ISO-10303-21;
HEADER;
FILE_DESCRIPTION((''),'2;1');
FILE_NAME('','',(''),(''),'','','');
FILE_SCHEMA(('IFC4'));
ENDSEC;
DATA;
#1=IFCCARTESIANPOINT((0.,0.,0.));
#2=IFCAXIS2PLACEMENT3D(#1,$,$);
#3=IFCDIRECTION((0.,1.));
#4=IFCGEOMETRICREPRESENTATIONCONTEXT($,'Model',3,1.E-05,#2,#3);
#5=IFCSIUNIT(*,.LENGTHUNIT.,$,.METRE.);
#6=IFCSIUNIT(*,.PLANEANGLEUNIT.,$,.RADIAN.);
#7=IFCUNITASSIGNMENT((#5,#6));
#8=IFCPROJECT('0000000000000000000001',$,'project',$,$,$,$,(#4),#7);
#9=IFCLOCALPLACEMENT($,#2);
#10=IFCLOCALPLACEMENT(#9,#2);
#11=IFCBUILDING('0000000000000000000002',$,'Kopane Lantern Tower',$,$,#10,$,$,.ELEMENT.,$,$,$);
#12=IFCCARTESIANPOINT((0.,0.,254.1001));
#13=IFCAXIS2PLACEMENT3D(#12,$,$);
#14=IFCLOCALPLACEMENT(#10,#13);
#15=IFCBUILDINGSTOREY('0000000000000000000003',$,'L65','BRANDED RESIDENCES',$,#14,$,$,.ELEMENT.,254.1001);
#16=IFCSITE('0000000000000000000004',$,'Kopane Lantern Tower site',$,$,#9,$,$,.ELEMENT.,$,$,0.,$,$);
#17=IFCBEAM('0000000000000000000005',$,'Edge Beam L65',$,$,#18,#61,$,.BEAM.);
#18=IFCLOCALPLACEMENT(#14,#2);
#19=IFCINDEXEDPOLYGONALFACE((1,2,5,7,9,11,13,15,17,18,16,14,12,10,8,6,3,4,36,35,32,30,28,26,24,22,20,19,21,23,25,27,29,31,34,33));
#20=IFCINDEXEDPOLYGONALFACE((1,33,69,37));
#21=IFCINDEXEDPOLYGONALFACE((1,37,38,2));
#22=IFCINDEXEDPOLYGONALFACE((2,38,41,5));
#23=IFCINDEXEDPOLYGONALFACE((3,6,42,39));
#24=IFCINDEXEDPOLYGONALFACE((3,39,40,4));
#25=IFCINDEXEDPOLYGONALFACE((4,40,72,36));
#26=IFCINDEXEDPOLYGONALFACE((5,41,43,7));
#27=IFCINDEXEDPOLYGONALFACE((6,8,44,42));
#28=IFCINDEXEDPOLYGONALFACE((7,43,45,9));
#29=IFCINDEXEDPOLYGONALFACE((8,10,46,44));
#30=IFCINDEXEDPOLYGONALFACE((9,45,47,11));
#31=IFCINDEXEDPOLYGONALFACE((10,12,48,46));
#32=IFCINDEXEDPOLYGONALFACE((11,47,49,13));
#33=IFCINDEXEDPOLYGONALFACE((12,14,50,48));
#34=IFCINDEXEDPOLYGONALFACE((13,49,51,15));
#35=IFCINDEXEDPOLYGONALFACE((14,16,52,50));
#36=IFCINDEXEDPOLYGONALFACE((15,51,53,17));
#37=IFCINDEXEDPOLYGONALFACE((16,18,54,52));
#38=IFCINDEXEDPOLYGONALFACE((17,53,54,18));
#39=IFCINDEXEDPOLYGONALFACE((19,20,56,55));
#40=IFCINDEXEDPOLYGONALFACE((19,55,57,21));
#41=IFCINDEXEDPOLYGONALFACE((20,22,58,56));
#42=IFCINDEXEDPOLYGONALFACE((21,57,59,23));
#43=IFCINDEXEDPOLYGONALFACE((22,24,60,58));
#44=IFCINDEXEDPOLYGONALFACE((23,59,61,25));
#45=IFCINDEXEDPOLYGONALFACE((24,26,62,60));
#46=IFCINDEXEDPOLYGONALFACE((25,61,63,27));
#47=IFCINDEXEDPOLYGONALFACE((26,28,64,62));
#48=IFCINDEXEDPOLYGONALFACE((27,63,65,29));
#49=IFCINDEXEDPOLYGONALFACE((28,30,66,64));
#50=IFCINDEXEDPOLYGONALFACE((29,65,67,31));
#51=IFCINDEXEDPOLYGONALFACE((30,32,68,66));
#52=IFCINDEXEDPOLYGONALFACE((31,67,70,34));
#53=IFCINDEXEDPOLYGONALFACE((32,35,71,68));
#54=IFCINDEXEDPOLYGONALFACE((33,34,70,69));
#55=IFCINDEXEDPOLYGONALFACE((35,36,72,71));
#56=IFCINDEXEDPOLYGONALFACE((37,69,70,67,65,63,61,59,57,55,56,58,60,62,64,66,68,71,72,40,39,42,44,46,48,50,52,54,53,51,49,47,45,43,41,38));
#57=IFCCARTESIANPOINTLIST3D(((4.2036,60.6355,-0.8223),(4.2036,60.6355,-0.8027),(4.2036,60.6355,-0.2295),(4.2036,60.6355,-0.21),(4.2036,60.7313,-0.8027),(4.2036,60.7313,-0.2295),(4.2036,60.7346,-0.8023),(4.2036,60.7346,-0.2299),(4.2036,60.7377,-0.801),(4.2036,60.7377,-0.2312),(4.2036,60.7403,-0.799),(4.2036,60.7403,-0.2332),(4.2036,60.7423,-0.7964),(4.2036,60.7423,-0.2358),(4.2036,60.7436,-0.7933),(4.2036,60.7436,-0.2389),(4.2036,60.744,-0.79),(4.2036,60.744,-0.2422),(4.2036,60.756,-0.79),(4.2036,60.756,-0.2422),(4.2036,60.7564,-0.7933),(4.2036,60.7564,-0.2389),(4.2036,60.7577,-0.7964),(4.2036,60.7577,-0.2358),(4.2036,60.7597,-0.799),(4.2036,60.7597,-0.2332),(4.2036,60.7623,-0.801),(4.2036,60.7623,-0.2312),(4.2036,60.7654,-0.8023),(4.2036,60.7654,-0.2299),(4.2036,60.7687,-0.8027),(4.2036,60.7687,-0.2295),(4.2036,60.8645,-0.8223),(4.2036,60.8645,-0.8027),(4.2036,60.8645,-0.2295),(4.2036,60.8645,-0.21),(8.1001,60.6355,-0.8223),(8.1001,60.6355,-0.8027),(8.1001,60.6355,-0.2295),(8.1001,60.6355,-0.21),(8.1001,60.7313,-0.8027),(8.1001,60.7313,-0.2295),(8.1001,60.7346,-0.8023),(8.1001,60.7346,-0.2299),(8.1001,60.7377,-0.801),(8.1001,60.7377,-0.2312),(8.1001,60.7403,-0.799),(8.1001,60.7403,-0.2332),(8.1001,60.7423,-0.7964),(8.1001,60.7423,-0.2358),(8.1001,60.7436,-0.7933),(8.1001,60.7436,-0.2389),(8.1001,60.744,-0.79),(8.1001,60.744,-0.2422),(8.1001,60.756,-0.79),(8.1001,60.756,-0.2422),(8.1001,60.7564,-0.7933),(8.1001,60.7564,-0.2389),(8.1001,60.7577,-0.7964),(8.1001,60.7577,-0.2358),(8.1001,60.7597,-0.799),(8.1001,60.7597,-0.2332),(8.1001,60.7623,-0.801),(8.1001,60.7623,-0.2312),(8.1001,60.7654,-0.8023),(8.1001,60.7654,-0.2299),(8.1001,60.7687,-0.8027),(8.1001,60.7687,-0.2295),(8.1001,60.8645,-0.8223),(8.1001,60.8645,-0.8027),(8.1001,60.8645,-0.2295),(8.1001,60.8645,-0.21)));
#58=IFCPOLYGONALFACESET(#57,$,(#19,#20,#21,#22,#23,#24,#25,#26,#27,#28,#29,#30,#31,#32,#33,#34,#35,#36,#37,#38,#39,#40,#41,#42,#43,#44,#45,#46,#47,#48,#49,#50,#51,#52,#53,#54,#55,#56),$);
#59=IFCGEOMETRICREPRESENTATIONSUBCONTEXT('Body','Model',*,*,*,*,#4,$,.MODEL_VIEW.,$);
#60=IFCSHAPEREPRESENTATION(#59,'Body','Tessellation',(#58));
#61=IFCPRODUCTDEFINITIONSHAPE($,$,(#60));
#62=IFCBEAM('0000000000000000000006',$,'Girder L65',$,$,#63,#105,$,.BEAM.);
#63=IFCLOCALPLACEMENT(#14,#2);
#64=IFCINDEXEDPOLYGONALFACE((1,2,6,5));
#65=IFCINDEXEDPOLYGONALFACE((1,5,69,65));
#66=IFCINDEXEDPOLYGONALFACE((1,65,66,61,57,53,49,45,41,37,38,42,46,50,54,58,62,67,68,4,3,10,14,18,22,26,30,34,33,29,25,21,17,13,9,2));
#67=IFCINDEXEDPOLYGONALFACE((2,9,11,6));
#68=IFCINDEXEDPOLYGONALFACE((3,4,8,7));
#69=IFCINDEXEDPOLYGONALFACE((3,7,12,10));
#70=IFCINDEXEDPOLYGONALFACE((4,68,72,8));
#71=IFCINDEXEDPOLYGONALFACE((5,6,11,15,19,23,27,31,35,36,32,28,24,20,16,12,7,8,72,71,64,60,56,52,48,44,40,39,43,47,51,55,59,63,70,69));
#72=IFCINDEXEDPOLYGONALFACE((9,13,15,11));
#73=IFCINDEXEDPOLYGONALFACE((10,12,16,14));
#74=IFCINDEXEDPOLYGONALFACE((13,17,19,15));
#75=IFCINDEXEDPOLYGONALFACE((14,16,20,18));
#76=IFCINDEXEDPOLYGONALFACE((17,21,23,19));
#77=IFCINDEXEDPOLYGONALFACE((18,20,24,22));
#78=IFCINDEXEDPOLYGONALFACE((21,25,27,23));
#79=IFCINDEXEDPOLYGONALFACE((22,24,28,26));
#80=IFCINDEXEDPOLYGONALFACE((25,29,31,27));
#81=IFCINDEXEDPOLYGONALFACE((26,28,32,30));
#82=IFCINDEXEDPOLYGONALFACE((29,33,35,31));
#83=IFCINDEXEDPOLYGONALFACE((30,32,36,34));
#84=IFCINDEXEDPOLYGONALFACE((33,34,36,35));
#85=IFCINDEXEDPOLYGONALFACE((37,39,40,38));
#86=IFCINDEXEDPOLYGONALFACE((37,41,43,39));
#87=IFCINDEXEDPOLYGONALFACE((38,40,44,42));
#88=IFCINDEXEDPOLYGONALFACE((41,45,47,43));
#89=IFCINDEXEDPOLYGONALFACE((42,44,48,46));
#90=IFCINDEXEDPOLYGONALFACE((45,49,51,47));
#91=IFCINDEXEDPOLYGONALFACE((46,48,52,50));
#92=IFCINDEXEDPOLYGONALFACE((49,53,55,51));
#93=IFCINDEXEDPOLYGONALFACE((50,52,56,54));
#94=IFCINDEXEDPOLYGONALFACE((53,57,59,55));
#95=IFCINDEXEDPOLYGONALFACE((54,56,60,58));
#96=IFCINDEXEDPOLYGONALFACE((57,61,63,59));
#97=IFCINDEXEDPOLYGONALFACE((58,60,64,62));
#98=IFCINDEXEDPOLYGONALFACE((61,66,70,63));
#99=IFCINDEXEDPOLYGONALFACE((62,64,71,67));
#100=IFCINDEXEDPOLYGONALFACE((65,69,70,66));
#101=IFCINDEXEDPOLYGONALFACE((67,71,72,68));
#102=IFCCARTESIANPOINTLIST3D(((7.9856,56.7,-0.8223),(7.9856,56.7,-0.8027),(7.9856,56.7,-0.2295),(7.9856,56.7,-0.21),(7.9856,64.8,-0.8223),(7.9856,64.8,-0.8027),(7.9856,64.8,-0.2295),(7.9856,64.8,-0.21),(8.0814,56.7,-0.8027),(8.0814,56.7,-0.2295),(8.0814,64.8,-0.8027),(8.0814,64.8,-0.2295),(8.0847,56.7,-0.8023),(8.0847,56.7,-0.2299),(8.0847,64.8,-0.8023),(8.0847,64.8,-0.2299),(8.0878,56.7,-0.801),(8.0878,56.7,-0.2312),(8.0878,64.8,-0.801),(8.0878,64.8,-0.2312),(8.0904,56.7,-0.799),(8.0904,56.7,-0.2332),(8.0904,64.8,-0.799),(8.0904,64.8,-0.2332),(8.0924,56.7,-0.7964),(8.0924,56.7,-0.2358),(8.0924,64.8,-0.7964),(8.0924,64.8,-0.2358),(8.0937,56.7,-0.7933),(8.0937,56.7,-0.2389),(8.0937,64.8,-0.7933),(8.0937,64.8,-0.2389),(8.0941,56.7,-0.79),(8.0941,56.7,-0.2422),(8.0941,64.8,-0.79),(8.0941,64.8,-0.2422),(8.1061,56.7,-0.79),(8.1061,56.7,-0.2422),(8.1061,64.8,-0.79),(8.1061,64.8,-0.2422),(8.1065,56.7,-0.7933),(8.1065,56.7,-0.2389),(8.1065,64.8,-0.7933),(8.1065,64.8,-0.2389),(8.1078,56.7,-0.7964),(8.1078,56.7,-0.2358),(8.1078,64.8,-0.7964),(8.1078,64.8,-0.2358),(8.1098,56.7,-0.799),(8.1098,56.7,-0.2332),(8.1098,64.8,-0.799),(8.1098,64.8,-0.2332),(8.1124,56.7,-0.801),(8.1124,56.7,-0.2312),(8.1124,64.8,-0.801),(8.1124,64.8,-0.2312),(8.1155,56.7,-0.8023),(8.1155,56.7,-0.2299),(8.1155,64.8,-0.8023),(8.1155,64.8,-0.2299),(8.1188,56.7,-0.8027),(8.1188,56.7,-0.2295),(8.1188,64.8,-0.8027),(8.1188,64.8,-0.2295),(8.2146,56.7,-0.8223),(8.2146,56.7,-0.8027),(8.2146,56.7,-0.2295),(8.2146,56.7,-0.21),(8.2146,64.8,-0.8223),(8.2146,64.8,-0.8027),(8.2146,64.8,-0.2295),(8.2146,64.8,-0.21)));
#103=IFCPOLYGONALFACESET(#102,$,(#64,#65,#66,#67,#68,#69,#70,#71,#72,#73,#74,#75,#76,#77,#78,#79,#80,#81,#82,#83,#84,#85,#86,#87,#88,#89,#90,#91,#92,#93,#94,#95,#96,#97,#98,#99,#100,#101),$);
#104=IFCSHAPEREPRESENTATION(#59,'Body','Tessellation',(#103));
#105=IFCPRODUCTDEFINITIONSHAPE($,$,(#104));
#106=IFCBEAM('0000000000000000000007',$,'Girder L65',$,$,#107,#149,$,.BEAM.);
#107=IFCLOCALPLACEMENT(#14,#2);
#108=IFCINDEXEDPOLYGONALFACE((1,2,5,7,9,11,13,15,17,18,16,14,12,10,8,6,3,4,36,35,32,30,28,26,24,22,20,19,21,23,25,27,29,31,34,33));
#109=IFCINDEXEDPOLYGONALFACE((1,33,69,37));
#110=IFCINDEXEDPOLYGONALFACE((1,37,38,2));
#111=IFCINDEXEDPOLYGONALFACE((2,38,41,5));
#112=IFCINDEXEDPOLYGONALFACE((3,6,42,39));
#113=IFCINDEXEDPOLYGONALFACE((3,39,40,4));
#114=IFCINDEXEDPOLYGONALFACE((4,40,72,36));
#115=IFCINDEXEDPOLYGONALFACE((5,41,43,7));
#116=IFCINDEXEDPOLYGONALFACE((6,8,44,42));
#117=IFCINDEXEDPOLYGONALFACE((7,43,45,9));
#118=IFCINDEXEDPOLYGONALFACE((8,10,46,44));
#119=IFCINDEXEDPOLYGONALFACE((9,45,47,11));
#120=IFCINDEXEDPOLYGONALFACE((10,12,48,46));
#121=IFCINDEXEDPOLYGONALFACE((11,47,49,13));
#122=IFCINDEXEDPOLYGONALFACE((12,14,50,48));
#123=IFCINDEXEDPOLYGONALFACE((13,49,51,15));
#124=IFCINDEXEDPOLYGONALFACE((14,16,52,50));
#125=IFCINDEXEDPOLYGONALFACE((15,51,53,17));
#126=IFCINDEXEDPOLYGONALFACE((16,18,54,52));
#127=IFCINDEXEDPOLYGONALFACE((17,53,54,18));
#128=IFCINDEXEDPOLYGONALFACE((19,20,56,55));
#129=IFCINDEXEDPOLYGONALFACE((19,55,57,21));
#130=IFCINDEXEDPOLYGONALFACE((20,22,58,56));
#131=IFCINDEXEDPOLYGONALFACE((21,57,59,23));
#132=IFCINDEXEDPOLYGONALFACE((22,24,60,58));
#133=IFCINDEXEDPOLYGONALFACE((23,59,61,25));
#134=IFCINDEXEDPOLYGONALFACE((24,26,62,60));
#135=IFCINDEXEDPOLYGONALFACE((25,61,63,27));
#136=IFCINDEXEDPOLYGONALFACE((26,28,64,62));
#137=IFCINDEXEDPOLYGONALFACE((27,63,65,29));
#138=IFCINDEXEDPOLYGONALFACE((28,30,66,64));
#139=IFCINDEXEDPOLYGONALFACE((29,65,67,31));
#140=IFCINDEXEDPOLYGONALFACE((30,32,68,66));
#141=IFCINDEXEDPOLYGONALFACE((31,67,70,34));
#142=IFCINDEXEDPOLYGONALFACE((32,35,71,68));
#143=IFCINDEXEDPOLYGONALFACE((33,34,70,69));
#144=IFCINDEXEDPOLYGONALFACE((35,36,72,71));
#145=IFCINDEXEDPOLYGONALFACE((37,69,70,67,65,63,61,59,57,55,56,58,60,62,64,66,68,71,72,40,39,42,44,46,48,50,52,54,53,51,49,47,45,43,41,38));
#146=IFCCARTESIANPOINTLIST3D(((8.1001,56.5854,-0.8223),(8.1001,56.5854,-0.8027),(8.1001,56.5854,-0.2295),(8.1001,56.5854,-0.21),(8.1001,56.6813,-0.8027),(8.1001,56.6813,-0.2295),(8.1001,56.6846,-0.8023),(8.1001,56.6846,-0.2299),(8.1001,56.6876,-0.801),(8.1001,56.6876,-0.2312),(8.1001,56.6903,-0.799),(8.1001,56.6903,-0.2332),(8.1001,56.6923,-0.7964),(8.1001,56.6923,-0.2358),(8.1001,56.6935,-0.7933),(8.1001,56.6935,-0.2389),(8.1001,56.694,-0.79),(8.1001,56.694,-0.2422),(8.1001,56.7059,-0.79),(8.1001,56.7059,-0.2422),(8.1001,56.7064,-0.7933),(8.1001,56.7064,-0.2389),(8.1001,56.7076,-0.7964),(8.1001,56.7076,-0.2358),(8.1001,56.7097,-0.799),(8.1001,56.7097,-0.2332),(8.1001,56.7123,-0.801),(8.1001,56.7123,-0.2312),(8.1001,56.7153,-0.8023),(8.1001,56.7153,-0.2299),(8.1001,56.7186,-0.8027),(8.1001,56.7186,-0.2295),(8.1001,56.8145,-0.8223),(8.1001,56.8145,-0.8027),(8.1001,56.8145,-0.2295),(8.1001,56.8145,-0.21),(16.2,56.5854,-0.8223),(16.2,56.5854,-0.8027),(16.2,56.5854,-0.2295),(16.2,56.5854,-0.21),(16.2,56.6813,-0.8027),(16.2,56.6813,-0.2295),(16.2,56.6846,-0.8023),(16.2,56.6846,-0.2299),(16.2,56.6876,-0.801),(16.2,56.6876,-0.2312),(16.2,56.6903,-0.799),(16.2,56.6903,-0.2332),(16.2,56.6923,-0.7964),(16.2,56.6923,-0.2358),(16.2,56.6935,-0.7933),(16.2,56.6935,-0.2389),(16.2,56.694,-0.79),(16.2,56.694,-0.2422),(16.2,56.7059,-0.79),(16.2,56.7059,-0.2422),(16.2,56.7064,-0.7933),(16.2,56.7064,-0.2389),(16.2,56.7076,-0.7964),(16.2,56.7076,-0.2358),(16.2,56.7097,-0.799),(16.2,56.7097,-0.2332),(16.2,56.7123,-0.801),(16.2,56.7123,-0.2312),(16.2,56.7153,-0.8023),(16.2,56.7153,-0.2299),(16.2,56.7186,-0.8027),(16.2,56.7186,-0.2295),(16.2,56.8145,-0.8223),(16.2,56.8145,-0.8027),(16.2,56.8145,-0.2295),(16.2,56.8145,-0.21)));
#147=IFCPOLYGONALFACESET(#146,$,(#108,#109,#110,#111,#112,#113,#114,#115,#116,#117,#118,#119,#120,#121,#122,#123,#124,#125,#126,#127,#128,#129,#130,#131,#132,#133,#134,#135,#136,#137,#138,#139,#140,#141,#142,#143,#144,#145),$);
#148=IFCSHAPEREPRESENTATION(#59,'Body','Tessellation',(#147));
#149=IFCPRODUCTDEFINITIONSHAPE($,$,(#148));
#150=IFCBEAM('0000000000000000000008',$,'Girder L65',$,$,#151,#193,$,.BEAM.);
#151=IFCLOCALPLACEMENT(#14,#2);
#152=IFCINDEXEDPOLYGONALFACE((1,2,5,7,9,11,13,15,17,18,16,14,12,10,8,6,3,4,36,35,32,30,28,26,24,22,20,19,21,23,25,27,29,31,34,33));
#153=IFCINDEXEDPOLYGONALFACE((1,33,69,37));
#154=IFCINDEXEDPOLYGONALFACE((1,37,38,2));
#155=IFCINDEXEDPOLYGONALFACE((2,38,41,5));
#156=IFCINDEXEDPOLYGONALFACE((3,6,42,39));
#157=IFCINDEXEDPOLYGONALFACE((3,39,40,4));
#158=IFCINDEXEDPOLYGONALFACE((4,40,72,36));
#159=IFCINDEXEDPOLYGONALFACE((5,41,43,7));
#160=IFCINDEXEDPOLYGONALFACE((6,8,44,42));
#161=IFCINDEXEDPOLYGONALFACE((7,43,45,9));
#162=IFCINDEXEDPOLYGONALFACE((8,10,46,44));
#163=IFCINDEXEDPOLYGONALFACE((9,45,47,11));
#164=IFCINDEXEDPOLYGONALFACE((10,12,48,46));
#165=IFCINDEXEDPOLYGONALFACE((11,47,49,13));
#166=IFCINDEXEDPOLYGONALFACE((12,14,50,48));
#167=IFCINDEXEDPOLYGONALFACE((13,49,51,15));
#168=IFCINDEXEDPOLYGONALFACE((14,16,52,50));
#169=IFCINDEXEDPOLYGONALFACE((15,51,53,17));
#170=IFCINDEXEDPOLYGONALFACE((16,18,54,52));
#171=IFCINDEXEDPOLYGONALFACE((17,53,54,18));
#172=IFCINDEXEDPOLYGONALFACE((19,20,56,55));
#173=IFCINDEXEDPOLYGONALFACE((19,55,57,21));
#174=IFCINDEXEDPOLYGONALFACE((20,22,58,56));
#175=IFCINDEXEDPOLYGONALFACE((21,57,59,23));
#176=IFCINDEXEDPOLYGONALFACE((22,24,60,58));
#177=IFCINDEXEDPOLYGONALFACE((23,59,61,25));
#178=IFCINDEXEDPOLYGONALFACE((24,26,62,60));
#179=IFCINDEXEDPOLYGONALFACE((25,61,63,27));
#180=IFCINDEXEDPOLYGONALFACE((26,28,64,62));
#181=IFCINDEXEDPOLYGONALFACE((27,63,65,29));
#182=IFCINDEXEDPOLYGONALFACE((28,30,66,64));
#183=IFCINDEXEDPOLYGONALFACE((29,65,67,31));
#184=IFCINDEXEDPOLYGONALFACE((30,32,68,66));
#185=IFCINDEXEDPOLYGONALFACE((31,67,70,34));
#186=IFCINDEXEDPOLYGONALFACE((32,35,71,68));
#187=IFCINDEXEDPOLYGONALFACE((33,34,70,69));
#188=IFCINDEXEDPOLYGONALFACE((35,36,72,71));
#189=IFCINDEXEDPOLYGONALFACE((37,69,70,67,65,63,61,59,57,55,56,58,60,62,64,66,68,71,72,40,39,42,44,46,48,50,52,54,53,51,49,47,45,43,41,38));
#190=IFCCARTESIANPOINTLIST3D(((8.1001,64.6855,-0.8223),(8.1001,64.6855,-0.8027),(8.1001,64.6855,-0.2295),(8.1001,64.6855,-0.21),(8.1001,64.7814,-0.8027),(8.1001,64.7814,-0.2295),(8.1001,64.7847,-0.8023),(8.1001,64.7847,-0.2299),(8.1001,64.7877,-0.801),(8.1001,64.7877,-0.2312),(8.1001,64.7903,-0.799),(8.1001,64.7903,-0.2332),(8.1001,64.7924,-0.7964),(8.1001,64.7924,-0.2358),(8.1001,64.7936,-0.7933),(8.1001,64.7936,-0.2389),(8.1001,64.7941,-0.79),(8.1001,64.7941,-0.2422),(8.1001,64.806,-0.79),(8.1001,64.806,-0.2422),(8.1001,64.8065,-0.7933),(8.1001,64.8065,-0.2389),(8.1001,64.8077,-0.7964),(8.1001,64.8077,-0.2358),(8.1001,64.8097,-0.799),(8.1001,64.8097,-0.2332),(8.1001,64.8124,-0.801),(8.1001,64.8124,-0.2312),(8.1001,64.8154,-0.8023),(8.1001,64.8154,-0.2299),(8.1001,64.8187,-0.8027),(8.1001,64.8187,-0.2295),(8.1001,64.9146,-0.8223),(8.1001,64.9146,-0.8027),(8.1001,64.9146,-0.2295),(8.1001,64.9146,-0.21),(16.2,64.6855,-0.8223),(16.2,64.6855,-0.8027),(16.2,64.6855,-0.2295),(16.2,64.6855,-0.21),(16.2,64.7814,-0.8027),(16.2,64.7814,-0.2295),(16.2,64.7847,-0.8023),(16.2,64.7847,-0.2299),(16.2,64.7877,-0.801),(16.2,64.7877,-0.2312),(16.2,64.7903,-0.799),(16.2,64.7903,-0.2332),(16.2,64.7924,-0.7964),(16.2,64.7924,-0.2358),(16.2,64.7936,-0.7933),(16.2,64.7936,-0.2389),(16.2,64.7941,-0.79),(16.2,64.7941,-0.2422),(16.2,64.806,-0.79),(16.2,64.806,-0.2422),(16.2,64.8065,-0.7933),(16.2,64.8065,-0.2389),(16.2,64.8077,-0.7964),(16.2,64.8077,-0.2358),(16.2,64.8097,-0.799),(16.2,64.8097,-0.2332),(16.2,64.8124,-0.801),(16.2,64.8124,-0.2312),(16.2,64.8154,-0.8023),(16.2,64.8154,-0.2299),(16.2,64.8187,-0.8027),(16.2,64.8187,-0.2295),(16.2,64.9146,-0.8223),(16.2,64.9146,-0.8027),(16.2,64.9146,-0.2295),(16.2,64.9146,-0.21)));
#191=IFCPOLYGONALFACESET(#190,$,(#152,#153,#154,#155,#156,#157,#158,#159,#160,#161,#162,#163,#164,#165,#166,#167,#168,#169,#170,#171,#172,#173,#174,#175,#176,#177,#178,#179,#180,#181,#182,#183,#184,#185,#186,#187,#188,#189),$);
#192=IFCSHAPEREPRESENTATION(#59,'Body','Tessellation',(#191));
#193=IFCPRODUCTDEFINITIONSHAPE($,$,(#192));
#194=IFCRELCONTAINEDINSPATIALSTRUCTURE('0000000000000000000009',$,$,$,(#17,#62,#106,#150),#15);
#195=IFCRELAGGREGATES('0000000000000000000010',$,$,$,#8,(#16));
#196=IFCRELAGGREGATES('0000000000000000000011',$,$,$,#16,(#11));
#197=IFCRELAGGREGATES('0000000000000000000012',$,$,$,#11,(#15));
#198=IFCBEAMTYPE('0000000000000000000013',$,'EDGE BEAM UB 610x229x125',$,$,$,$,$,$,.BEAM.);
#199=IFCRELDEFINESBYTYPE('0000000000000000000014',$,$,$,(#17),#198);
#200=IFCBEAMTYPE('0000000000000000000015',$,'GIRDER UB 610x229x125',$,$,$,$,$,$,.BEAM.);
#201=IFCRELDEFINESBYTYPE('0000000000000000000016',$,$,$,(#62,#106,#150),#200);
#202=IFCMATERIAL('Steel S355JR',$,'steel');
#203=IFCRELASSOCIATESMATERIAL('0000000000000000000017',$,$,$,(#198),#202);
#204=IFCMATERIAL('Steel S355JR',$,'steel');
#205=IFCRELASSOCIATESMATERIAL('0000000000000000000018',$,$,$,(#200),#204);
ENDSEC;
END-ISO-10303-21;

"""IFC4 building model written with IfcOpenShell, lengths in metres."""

from ifc_helpers import new_model, si_unit, direction, frame, origin, origin_2d, place, context, subcontext, project, spatial, i_section, extrude, material, material_profile, profile_set, type_object, element, save


model = new_model("IFC4")

# Units and contexts
model_context = context("Model", 3, precision=1e-05, world=origin(), true_north=direction((0.0, 1.0)))
body_context = subcontext(model_context, "Body", "Model", "MODEL_VIEW")
ifc_project = project(units=[si_unit("LENGTHUNIT", "METRE"), si_unit("PLANEANGLEUNIT", "RADIAN")], contexts=[model_context])

# Site, building, storey
site_placement = place(None, origin())
site = spatial("IfcSite", under=ifc_project, at=site_placement, Name="Kopane Lantern Tower site", CompositionType="ELEMENT", RefElevation=0.0)
building_placement = place(site_placement, origin())
building = spatial("IfcBuilding", under=site, at=building_placement, Name="Kopane Lantern Tower", CompositionType="ELEMENT")
storey_placement = place(building_placement, frame((0.0, 0.0, 254.1001)))
storey = spatial("IfcBuildingStorey", under=building, at=storey_placement, Name="L65", Description="BRANDED RESIDENCES", CompositionType="ELEMENT", Elevation=254.1001)

# Beams
ifc_material_1 = material(Name="Steel S355JR", Category="steel")
ifc_material_profile_1 = material_profile(ifc_material_1, i_section(OverallWidth=0.229, OverallDepth=0.6123, WebThickness=0.012, FlangeThickness=0.0195, FilletRadius=0.0127, at=origin_2d()), Name="UB 610x229x125")
ifc_profile_set_1 = profile_set([ifc_material_profile_1], Name="Steel S355JR")
beam_type_1 = type_object("IfcBeamType", Name="EDGE BEAM UB 610x229x125", PredefinedType="BEAM", material=ifc_profile_set_1)
beam_1_placement = place(storey_placement, frame((4.2036, 60.75, -0.5161), z_axis=(1.0, 0.0, 0.0), x_axis=(0.0, 1.0, 0.0)))
element("IfcBeam", 1, at=beam_1_placement, inside=storey, type_object=beam_type_1, Name="Edge Beam L65", PredefinedType="BEAM", context=body_context, shape_type="SweptSolid", body=[
    extrude(i_section(OverallWidth=0.229, OverallDepth=0.6123, WebThickness=0.012, FlangeThickness=0.0195, FilletRadius=0.0127, at=origin_2d()), origin(), (0.0, 0.0, 1.0), 3.8965),
])
ifc_material_2 = material(Name="Steel S355JR", Category="steel")
ifc_material_profile_2 = material_profile(ifc_material_2, i_section(OverallWidth=0.229, OverallDepth=0.6123, WebThickness=0.012, FlangeThickness=0.0195, FilletRadius=0.0127, at=origin_2d()), Name="UB 610x229x125")
ifc_profile_set_2 = profile_set([ifc_material_profile_2], Name="Steel S355JR")
beam_type_2 = type_object("IfcBeamType", Name="GIRDER UB 610x229x125", PredefinedType="BEAM", material=ifc_profile_set_2)
beam_2_placement = place(storey_placement, frame((8.1001, 56.7, -0.5161), z_axis=(0.0, 1.0, 0.0), x_axis=(-1.0, 0.0, 0.0)))
element("IfcBeam", 2, at=beam_2_placement, inside=storey, type_object=beam_type_2, Name="Girder L65", PredefinedType="BEAM", context=body_context, shape_type="SweptSolid", body=[
    extrude(i_section(OverallWidth=0.229, OverallDepth=0.6123, WebThickness=0.012, FlangeThickness=0.0195, FilletRadius=0.0127, at=origin_2d()), origin(), (0.0, 0.0, 1.0), 8.1001),
])
for number, where, z_axis, x_axis, name in (
    (3, (8.1001, 56.7, -0.5161), (1.0, 0.0, 0.0), (0.0, 1.0, 0.0), "Girder L65"),
    (4, (8.1001, 64.8, -0.5161), (1.0, 0.0, 0.0), (0.0, 1.0, 0.0), "Girder L65"),
):
    element("IfcBeam", number, at=place(storey_placement, frame(where, z_axis=z_axis, x_axis=x_axis)), inside=storey, type_object=beam_type_2, Name=name, PredefinedType="BEAM", context=body_context, shape_type="SweptSolid", body=[
        extrude(i_section(OverallWidth=0.229, OverallDepth=0.6123, WebThickness=0.012, FlangeThickness=0.0195, FilletRadius=0.0127, at=origin_2d()), origin(), (0.0, 0.0, 1.0), 8.0999),
    ])

save(model, "model.ifc")
